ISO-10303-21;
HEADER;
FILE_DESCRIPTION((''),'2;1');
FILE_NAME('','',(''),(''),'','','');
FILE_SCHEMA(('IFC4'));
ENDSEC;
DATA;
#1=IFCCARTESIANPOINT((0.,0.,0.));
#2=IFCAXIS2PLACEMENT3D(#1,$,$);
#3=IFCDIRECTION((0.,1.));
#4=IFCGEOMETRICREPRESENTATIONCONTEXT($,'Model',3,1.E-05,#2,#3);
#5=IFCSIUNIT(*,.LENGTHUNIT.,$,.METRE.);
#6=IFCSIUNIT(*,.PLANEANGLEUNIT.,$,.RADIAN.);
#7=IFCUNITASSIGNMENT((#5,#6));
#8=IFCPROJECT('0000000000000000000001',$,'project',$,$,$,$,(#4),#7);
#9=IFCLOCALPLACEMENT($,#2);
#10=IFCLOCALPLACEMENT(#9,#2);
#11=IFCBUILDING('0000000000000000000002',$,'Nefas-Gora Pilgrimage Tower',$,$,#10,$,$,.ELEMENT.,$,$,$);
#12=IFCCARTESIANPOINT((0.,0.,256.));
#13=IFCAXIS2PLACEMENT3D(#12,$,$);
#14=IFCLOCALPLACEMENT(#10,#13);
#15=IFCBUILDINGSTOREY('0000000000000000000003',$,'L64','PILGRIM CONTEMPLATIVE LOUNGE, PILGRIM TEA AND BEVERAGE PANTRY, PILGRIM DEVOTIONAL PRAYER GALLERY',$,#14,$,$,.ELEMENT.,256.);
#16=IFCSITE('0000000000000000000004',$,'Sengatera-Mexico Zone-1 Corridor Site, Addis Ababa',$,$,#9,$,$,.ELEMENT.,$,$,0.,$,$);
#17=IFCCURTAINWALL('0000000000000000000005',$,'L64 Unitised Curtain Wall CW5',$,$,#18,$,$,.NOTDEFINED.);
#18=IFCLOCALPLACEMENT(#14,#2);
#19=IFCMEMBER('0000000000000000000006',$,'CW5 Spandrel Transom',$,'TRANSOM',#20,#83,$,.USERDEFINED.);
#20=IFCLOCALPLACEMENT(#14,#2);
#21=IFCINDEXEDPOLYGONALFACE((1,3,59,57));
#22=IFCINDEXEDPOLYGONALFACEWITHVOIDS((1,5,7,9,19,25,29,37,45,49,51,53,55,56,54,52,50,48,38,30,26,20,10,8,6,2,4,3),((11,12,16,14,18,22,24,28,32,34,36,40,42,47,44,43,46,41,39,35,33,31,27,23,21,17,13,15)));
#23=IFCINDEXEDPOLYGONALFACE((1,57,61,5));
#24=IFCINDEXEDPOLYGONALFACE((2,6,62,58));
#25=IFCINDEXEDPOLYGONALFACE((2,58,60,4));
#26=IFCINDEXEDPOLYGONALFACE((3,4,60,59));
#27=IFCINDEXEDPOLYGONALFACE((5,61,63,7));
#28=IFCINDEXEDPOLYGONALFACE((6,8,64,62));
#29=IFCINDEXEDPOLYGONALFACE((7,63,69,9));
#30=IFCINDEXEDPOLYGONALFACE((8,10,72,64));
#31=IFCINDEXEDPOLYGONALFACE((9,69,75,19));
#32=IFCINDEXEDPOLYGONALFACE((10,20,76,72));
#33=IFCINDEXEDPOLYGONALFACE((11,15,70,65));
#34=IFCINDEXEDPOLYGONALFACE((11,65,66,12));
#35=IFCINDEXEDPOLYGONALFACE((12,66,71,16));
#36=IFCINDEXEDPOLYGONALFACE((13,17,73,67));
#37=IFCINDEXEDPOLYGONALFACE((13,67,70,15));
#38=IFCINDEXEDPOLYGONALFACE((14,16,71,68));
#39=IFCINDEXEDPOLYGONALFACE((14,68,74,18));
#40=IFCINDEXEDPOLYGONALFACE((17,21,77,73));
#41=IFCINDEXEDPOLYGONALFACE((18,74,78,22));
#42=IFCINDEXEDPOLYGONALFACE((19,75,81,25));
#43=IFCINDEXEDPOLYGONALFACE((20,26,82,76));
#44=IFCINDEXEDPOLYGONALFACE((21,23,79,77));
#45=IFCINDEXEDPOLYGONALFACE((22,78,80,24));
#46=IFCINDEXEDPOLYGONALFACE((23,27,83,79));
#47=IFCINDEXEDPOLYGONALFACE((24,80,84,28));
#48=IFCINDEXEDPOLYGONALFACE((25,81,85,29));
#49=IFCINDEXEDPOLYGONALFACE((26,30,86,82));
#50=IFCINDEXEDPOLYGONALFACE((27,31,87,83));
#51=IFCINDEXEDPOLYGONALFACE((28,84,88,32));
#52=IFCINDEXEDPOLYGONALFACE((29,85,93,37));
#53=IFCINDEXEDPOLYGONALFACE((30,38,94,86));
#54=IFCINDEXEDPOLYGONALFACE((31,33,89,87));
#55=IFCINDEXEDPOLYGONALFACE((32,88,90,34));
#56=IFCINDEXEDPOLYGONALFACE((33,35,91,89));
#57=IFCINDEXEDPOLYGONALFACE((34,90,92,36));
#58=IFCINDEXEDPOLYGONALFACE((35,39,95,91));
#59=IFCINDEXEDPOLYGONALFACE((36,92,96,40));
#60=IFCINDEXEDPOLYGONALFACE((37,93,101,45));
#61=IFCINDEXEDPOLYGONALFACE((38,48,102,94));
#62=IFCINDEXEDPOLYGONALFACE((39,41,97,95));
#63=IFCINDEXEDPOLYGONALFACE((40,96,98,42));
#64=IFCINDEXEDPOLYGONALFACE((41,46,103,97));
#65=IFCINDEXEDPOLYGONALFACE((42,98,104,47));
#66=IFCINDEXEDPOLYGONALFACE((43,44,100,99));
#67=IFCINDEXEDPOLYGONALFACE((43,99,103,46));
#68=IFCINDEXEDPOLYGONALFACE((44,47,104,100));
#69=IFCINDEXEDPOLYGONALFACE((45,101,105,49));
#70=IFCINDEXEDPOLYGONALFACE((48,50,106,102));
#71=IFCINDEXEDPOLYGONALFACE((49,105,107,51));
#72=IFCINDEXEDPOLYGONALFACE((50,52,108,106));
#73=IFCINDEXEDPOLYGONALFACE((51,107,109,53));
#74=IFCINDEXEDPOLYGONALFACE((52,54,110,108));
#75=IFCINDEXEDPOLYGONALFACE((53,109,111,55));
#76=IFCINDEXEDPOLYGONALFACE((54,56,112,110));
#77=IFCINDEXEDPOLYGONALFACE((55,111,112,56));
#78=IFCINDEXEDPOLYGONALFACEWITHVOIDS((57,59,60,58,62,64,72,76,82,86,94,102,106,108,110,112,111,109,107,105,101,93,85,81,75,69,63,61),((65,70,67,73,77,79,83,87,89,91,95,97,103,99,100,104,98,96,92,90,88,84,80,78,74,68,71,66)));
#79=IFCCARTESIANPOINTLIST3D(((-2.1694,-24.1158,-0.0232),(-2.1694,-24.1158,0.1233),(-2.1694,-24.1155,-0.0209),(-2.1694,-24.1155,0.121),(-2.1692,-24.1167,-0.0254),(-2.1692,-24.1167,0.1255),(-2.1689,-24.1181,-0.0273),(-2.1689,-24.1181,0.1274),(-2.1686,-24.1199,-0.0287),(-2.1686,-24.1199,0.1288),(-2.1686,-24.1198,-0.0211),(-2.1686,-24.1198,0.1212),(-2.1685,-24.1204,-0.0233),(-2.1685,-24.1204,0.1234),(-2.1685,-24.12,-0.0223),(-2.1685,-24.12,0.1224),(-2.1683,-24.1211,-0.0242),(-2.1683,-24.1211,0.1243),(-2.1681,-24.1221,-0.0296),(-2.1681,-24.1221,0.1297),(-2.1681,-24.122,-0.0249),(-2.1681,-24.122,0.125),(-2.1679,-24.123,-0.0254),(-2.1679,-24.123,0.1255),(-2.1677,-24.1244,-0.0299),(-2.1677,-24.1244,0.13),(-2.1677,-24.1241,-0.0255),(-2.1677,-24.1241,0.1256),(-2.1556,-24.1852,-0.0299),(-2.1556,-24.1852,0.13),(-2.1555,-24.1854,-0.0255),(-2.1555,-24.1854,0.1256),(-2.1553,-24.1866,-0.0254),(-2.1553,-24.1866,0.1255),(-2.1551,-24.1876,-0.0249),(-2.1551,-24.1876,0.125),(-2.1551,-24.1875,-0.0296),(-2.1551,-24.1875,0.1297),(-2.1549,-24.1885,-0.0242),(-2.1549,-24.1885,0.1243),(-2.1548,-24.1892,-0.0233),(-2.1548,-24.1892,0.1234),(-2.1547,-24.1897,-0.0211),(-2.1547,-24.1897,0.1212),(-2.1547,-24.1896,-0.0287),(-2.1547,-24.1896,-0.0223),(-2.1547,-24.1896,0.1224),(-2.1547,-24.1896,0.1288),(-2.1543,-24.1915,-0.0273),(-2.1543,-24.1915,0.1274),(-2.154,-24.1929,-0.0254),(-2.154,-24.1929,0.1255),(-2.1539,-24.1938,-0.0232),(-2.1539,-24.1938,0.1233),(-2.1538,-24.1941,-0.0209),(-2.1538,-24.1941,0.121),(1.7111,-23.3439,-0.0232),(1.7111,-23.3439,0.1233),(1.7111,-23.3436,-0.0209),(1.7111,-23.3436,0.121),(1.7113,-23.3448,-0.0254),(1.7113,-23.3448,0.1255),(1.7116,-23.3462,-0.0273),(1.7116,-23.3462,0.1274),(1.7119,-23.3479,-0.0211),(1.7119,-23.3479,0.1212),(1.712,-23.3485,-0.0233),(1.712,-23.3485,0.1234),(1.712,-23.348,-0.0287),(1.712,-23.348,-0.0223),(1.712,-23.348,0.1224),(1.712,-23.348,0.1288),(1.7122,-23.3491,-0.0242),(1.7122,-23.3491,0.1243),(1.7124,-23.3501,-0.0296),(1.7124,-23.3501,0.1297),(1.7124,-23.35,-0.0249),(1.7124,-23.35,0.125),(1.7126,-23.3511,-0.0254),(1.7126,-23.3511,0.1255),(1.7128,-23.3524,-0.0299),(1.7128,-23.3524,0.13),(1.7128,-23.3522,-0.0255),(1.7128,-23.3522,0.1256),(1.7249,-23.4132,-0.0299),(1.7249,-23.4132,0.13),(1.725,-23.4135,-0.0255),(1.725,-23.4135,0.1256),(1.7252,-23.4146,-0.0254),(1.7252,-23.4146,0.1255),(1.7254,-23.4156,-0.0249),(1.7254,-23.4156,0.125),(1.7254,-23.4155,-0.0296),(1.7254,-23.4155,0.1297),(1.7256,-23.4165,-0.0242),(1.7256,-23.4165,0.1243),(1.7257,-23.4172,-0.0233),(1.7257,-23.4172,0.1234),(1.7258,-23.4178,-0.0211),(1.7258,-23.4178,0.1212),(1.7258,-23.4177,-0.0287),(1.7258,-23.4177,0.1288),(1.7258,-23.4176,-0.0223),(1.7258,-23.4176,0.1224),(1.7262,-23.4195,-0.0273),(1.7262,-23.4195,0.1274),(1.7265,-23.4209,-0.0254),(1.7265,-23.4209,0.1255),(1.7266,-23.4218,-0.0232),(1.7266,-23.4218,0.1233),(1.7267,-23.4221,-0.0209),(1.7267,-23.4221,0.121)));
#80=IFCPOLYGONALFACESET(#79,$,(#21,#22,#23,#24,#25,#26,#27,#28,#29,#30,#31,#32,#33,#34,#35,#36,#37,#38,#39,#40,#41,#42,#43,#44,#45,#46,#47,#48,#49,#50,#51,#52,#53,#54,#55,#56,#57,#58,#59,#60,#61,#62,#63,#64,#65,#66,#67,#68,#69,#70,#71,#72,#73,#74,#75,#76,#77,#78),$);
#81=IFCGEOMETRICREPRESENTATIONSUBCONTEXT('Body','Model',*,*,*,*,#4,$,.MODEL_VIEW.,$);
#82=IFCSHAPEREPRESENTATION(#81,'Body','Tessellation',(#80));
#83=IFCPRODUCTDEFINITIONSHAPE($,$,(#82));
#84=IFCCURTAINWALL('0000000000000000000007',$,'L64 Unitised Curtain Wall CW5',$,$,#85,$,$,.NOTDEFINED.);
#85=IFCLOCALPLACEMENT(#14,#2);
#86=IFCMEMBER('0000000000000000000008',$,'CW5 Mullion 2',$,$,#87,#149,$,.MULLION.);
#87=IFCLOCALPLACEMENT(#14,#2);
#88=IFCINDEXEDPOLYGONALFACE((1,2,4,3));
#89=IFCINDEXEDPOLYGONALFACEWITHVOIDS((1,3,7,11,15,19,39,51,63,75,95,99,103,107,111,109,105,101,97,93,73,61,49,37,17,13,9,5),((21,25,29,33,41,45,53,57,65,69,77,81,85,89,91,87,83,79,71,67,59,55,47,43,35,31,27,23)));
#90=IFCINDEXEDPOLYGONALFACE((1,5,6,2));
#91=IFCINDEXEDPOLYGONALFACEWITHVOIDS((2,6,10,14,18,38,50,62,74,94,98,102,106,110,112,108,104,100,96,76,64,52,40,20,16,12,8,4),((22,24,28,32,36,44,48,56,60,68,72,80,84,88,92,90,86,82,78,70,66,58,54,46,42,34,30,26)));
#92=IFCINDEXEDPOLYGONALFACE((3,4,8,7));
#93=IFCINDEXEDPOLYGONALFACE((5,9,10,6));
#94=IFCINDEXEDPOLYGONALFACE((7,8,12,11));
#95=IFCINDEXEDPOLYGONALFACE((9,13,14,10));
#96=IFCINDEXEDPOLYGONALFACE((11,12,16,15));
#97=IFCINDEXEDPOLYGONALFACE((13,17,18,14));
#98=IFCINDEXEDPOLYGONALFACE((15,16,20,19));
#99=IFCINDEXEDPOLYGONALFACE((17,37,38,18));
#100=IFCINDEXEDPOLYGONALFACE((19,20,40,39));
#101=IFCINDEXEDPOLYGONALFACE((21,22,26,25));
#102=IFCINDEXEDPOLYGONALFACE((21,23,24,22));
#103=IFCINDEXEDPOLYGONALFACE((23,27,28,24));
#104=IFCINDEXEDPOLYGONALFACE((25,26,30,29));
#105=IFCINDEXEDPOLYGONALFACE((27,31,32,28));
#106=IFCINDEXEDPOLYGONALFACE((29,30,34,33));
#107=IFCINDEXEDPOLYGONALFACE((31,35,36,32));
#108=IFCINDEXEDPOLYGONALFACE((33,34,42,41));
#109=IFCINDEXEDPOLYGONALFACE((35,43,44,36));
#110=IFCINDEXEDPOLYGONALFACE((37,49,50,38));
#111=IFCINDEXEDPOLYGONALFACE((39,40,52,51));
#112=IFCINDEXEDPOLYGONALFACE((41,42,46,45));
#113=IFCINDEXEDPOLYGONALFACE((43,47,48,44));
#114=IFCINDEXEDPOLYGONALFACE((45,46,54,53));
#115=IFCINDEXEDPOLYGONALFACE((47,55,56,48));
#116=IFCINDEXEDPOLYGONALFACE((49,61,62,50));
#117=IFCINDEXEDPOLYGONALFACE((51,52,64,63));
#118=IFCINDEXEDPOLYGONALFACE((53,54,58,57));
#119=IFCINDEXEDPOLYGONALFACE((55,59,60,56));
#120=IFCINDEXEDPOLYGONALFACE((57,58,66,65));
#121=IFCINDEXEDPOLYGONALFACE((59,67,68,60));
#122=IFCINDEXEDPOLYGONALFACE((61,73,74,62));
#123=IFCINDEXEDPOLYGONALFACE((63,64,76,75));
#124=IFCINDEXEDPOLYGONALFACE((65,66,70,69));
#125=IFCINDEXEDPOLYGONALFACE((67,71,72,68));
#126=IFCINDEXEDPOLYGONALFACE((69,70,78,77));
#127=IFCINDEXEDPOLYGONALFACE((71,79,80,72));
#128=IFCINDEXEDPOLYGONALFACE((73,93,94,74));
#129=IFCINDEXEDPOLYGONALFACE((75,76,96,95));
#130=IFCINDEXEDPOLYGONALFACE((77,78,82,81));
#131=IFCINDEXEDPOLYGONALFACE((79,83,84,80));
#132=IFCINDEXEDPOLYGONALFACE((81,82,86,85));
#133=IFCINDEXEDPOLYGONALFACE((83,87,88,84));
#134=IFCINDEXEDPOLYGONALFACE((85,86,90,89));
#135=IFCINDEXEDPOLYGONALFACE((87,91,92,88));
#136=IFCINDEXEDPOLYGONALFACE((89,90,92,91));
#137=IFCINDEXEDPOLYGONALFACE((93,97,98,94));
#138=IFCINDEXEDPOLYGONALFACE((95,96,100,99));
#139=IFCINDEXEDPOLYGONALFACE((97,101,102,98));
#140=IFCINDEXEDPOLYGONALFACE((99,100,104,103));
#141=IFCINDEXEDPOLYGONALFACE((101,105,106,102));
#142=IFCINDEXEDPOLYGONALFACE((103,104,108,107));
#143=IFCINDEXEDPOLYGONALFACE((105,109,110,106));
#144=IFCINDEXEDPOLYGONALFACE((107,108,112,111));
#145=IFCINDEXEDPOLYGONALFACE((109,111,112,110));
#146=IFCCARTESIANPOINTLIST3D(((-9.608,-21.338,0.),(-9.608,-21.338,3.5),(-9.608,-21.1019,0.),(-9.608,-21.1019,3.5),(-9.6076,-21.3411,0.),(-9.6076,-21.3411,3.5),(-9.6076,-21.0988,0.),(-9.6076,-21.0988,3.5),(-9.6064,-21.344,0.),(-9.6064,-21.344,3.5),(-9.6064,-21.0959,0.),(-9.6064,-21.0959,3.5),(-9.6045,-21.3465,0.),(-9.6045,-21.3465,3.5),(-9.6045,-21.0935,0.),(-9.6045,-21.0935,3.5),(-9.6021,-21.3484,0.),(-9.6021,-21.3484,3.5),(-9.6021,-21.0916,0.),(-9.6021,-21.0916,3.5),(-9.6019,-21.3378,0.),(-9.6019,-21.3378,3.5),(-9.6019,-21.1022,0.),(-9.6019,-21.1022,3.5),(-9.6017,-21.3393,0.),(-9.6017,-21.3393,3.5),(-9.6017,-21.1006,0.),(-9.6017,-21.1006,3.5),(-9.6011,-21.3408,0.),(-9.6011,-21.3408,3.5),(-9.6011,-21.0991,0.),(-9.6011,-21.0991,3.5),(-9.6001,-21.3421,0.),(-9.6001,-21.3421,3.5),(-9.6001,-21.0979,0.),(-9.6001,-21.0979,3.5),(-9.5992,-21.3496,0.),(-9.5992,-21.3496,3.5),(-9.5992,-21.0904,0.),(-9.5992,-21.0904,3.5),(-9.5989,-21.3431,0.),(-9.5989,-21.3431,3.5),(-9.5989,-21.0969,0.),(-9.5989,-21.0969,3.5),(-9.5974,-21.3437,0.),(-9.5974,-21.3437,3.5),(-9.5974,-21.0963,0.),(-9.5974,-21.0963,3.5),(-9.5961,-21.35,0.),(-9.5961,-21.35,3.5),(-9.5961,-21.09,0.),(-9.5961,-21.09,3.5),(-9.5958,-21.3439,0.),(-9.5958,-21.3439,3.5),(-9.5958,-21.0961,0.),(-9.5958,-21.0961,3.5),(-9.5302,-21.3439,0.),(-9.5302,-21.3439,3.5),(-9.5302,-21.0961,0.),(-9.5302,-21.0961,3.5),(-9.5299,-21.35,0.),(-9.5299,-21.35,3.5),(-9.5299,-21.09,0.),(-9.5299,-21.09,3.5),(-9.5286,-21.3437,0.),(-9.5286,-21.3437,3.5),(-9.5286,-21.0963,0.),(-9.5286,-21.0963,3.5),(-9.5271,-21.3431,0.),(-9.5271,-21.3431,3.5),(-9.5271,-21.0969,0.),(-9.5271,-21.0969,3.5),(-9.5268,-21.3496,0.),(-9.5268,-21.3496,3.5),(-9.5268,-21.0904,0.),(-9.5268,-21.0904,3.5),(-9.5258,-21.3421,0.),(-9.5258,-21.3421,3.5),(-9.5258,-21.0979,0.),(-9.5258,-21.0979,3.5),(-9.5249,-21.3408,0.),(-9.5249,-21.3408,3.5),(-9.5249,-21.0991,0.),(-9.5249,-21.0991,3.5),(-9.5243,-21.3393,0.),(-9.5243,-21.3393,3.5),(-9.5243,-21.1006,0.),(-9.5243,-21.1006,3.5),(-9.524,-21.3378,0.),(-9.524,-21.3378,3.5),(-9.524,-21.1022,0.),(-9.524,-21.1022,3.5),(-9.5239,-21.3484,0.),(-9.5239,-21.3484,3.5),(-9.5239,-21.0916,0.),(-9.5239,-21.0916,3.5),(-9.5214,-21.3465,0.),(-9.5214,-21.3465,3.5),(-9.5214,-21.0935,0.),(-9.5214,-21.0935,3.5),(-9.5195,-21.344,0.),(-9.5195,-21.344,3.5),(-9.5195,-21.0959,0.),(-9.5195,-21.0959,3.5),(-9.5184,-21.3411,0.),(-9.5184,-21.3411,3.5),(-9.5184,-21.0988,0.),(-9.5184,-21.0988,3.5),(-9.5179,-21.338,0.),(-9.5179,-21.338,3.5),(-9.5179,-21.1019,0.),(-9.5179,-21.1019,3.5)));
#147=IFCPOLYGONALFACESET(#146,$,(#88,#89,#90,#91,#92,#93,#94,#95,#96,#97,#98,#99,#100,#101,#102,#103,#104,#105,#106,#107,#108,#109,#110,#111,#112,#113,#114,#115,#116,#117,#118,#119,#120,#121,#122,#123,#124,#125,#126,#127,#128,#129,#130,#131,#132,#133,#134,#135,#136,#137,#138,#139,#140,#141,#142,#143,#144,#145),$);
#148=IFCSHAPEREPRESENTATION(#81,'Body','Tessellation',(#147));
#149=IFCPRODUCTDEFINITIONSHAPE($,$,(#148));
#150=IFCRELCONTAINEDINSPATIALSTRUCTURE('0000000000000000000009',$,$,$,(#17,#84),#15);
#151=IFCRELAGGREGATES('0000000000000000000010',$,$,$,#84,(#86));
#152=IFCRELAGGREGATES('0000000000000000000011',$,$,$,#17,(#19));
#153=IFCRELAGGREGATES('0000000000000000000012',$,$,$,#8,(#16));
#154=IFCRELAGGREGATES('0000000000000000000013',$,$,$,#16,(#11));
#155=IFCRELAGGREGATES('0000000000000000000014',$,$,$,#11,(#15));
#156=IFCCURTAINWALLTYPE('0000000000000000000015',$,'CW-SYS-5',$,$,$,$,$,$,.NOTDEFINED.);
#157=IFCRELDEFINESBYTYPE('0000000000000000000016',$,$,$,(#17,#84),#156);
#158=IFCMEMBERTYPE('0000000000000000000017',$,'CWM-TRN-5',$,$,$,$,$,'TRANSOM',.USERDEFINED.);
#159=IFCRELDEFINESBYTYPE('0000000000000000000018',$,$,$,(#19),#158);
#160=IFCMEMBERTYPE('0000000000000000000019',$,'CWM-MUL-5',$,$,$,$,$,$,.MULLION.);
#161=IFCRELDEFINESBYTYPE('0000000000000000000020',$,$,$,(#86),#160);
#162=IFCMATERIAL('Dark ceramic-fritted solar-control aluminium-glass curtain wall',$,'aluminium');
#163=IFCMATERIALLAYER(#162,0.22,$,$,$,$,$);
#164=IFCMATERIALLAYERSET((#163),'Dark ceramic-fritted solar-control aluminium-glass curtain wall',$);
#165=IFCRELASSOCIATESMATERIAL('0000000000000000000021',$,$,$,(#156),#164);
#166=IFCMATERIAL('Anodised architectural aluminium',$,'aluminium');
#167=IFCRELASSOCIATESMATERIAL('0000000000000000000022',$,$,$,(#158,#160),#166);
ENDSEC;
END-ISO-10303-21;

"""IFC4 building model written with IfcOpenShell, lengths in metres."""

from ifc_helpers import new_model, si_unit, direction, frame, origin, origin_2d, place, context, subcontext, project, spatial, hollow_rectangle, extrude, source, transform, mapped, material, layer, layer_set, material_profile, profile_set, type_object, element, aggregate, save


model = new_model("IFC4")

# Units and contexts
model_context = context("Model", 3, precision=1e-05, world=origin(), true_north=direction((0.0, 1.0)))
body_context = subcontext(model_context, "Body", "Model", "MODEL_VIEW")
ifc_project = project(units=[si_unit("LENGTHUNIT", "METRE"), si_unit("PLANEANGLEUNIT", "RADIAN")], contexts=[model_context])

# Site, building, storey
site_placement = place(None, origin())
site = spatial("IfcSite", under=ifc_project, at=site_placement, Name="Sengatera-Mexico Zone-1 Corridor Site, Addis Ababa", CompositionType="ELEMENT", RefElevation=0.0)
building_placement = place(site_placement, origin())
building = spatial("IfcBuilding", under=site, at=building_placement, Name="Nefas-Gora Pilgrimage Tower", CompositionType="ELEMENT")
storey_placement = place(building_placement, frame((0.0, 0.0, 256.0)))
storey = spatial("IfcBuildingStorey", under=building, at=storey_placement, Name="L64", Description="PILGRIM CONTEMPLATIVE LOUNGE, PILGRIM TEA AND BEVERAGE PANTRY, PILGRIM DEVOTIONAL PRAYER GALLERY", CompositionType="ELEMENT", Elevation=256.0)

# Curtain walls, members
ifc_material_1 = material(Name="Dark ceramic-fritted solar-control aluminium-glass curtain wall", Category="aluminium")
ifc_layer_1 = layer(ifc_material_1, 0.22)
ifc_layer_set_1 = layer_set([ifc_layer_1], Name="Dark ceramic-fritted solar-control aluminium-glass curtain wall")
curtain_wall_type = type_object("IfcCurtainWallType", Name="CW-SYS-5", PredefinedType="NOTDEFINED", material=ifc_layer_set_1)
curtain_wall_1_placement = place(storey_placement, origin())
curtain_wall_1 = element("IfcCurtainWall", 1, at=curtain_wall_1_placement, inside=storey, type_object=curtain_wall_type, Name="L64 Unitised Curtain Wall CW5", PredefinedType="NOTDEFINED")
ifc_material_2 = material(Name="Anodised architectural aluminium", Category="aluminium")
ifc_material_profile_1 = material_profile(ifc_material_2, hollow_rectangle(XDim=0.0801, YDim=0.1599, WallThickness=0.0044, InnerFilletRadius=0.0044, OuterFilletRadius=0.009, at=origin_2d()), Name="ALU TRANSOM 80x160")
ifc_profile_set_1 = profile_set([ifc_material_profile_1], Name="Anodised architectural aluminium")
member_type_1 = type_object("IfcMemberType", Name="CWM-TRN-5", ElementType="TRANSOM", PredefinedType="USERDEFINED", material=ifc_profile_set_1)
shared_shape_1 = source(origin(), body_context, "Body", "SweptSolid", [
    extrude(hollow_rectangle(XDim=0.0801, YDim=0.1599, WallThickness=0.0044, InnerFilletRadius=0.0044, OuterFilletRadius=0.009, at=origin_2d()), origin(), (0.0, 0.0, 1.0), 3.9565),
])
member_1_placement = place(storey_placement, frame((-2.1616, -24.1548, 0.05), z_axis=(0.980782, 0.195107, 0.0), x_axis=(-0.195107, 0.980782, 0.0)))
member_1 = element("IfcMember", 2, at=member_1_placement, type_object=member_type_1, Name="CW5 Spandrel Transom", ObjectType="TRANSOM", PredefinedType="USERDEFINED", context=body_context, shape_type="MappedRepresentation", body=[
    mapped(shared_shape_1, transform((0.0, 0.0, 0.0), x_axis=(1.0, 0.0, 0.0), y_axis=(0.0, 1.0, 0.0), z_axis=(0.0, 0.0, 1.0), scale=1.0)),
])
curtain_wall_2_placement = place(storey_placement, origin())
curtain_wall_2 = element("IfcCurtainWall", 3, at=curtain_wall_2_placement, inside=storey, type_object=curtain_wall_type, Name="L64 Unitised Curtain Wall CW5", PredefinedType="NOTDEFINED")
ifc_material_profile_2 = material_profile(ifc_material_2, hollow_rectangle(XDim=0.0901, YDim=0.26, WallThickness=0.0061, InnerFilletRadius=0.0061, OuterFilletRadius=0.012, at=origin_2d()), Name="ALU MULLION 90x260")
ifc_profile_set_2 = profile_set([ifc_material_profile_2], Name="Anodised architectural aluminium")
member_type_2 = type_object("IfcMemberType", Name="CWM-MUL-5", PredefinedType="MULLION", material=ifc_profile_set_2)
shared_shape_2 = source(origin(), body_context, "Body", "SweptSolid", [
    extrude(hollow_rectangle(XDim=0.0901, YDim=0.26, WallThickness=0.0061, InnerFilletRadius=0.0061, OuterFilletRadius=0.012, at=origin_2d()), origin(), (0.0, 0.0, 1.0), 3.5),
])
member_2_placement = place(storey_placement, frame((-9.563, -21.22, 0.0), z_axis=(0.0, 0.0, 1.0), x_axis=(1.0, 0.0, 0.0)))
member_2 = element("IfcMember", 4, at=member_2_placement, type_object=member_type_2, Name="CW5 Mullion 2", PredefinedType="MULLION", context=body_context, shape_type="MappedRepresentation", body=[
    mapped(shared_shape_2, transform((0.0, 0.0, 0.0), x_axis=(1.0, 0.0, 0.0), y_axis=(0.0, 1.0, 0.0), z_axis=(0.0, 0.0, 1.0), scale=1.0)),
])
aggregate(curtain_wall_2, [member_2])

aggregate(curtain_wall_1, [member_1])

save(model, "model.ifc")
